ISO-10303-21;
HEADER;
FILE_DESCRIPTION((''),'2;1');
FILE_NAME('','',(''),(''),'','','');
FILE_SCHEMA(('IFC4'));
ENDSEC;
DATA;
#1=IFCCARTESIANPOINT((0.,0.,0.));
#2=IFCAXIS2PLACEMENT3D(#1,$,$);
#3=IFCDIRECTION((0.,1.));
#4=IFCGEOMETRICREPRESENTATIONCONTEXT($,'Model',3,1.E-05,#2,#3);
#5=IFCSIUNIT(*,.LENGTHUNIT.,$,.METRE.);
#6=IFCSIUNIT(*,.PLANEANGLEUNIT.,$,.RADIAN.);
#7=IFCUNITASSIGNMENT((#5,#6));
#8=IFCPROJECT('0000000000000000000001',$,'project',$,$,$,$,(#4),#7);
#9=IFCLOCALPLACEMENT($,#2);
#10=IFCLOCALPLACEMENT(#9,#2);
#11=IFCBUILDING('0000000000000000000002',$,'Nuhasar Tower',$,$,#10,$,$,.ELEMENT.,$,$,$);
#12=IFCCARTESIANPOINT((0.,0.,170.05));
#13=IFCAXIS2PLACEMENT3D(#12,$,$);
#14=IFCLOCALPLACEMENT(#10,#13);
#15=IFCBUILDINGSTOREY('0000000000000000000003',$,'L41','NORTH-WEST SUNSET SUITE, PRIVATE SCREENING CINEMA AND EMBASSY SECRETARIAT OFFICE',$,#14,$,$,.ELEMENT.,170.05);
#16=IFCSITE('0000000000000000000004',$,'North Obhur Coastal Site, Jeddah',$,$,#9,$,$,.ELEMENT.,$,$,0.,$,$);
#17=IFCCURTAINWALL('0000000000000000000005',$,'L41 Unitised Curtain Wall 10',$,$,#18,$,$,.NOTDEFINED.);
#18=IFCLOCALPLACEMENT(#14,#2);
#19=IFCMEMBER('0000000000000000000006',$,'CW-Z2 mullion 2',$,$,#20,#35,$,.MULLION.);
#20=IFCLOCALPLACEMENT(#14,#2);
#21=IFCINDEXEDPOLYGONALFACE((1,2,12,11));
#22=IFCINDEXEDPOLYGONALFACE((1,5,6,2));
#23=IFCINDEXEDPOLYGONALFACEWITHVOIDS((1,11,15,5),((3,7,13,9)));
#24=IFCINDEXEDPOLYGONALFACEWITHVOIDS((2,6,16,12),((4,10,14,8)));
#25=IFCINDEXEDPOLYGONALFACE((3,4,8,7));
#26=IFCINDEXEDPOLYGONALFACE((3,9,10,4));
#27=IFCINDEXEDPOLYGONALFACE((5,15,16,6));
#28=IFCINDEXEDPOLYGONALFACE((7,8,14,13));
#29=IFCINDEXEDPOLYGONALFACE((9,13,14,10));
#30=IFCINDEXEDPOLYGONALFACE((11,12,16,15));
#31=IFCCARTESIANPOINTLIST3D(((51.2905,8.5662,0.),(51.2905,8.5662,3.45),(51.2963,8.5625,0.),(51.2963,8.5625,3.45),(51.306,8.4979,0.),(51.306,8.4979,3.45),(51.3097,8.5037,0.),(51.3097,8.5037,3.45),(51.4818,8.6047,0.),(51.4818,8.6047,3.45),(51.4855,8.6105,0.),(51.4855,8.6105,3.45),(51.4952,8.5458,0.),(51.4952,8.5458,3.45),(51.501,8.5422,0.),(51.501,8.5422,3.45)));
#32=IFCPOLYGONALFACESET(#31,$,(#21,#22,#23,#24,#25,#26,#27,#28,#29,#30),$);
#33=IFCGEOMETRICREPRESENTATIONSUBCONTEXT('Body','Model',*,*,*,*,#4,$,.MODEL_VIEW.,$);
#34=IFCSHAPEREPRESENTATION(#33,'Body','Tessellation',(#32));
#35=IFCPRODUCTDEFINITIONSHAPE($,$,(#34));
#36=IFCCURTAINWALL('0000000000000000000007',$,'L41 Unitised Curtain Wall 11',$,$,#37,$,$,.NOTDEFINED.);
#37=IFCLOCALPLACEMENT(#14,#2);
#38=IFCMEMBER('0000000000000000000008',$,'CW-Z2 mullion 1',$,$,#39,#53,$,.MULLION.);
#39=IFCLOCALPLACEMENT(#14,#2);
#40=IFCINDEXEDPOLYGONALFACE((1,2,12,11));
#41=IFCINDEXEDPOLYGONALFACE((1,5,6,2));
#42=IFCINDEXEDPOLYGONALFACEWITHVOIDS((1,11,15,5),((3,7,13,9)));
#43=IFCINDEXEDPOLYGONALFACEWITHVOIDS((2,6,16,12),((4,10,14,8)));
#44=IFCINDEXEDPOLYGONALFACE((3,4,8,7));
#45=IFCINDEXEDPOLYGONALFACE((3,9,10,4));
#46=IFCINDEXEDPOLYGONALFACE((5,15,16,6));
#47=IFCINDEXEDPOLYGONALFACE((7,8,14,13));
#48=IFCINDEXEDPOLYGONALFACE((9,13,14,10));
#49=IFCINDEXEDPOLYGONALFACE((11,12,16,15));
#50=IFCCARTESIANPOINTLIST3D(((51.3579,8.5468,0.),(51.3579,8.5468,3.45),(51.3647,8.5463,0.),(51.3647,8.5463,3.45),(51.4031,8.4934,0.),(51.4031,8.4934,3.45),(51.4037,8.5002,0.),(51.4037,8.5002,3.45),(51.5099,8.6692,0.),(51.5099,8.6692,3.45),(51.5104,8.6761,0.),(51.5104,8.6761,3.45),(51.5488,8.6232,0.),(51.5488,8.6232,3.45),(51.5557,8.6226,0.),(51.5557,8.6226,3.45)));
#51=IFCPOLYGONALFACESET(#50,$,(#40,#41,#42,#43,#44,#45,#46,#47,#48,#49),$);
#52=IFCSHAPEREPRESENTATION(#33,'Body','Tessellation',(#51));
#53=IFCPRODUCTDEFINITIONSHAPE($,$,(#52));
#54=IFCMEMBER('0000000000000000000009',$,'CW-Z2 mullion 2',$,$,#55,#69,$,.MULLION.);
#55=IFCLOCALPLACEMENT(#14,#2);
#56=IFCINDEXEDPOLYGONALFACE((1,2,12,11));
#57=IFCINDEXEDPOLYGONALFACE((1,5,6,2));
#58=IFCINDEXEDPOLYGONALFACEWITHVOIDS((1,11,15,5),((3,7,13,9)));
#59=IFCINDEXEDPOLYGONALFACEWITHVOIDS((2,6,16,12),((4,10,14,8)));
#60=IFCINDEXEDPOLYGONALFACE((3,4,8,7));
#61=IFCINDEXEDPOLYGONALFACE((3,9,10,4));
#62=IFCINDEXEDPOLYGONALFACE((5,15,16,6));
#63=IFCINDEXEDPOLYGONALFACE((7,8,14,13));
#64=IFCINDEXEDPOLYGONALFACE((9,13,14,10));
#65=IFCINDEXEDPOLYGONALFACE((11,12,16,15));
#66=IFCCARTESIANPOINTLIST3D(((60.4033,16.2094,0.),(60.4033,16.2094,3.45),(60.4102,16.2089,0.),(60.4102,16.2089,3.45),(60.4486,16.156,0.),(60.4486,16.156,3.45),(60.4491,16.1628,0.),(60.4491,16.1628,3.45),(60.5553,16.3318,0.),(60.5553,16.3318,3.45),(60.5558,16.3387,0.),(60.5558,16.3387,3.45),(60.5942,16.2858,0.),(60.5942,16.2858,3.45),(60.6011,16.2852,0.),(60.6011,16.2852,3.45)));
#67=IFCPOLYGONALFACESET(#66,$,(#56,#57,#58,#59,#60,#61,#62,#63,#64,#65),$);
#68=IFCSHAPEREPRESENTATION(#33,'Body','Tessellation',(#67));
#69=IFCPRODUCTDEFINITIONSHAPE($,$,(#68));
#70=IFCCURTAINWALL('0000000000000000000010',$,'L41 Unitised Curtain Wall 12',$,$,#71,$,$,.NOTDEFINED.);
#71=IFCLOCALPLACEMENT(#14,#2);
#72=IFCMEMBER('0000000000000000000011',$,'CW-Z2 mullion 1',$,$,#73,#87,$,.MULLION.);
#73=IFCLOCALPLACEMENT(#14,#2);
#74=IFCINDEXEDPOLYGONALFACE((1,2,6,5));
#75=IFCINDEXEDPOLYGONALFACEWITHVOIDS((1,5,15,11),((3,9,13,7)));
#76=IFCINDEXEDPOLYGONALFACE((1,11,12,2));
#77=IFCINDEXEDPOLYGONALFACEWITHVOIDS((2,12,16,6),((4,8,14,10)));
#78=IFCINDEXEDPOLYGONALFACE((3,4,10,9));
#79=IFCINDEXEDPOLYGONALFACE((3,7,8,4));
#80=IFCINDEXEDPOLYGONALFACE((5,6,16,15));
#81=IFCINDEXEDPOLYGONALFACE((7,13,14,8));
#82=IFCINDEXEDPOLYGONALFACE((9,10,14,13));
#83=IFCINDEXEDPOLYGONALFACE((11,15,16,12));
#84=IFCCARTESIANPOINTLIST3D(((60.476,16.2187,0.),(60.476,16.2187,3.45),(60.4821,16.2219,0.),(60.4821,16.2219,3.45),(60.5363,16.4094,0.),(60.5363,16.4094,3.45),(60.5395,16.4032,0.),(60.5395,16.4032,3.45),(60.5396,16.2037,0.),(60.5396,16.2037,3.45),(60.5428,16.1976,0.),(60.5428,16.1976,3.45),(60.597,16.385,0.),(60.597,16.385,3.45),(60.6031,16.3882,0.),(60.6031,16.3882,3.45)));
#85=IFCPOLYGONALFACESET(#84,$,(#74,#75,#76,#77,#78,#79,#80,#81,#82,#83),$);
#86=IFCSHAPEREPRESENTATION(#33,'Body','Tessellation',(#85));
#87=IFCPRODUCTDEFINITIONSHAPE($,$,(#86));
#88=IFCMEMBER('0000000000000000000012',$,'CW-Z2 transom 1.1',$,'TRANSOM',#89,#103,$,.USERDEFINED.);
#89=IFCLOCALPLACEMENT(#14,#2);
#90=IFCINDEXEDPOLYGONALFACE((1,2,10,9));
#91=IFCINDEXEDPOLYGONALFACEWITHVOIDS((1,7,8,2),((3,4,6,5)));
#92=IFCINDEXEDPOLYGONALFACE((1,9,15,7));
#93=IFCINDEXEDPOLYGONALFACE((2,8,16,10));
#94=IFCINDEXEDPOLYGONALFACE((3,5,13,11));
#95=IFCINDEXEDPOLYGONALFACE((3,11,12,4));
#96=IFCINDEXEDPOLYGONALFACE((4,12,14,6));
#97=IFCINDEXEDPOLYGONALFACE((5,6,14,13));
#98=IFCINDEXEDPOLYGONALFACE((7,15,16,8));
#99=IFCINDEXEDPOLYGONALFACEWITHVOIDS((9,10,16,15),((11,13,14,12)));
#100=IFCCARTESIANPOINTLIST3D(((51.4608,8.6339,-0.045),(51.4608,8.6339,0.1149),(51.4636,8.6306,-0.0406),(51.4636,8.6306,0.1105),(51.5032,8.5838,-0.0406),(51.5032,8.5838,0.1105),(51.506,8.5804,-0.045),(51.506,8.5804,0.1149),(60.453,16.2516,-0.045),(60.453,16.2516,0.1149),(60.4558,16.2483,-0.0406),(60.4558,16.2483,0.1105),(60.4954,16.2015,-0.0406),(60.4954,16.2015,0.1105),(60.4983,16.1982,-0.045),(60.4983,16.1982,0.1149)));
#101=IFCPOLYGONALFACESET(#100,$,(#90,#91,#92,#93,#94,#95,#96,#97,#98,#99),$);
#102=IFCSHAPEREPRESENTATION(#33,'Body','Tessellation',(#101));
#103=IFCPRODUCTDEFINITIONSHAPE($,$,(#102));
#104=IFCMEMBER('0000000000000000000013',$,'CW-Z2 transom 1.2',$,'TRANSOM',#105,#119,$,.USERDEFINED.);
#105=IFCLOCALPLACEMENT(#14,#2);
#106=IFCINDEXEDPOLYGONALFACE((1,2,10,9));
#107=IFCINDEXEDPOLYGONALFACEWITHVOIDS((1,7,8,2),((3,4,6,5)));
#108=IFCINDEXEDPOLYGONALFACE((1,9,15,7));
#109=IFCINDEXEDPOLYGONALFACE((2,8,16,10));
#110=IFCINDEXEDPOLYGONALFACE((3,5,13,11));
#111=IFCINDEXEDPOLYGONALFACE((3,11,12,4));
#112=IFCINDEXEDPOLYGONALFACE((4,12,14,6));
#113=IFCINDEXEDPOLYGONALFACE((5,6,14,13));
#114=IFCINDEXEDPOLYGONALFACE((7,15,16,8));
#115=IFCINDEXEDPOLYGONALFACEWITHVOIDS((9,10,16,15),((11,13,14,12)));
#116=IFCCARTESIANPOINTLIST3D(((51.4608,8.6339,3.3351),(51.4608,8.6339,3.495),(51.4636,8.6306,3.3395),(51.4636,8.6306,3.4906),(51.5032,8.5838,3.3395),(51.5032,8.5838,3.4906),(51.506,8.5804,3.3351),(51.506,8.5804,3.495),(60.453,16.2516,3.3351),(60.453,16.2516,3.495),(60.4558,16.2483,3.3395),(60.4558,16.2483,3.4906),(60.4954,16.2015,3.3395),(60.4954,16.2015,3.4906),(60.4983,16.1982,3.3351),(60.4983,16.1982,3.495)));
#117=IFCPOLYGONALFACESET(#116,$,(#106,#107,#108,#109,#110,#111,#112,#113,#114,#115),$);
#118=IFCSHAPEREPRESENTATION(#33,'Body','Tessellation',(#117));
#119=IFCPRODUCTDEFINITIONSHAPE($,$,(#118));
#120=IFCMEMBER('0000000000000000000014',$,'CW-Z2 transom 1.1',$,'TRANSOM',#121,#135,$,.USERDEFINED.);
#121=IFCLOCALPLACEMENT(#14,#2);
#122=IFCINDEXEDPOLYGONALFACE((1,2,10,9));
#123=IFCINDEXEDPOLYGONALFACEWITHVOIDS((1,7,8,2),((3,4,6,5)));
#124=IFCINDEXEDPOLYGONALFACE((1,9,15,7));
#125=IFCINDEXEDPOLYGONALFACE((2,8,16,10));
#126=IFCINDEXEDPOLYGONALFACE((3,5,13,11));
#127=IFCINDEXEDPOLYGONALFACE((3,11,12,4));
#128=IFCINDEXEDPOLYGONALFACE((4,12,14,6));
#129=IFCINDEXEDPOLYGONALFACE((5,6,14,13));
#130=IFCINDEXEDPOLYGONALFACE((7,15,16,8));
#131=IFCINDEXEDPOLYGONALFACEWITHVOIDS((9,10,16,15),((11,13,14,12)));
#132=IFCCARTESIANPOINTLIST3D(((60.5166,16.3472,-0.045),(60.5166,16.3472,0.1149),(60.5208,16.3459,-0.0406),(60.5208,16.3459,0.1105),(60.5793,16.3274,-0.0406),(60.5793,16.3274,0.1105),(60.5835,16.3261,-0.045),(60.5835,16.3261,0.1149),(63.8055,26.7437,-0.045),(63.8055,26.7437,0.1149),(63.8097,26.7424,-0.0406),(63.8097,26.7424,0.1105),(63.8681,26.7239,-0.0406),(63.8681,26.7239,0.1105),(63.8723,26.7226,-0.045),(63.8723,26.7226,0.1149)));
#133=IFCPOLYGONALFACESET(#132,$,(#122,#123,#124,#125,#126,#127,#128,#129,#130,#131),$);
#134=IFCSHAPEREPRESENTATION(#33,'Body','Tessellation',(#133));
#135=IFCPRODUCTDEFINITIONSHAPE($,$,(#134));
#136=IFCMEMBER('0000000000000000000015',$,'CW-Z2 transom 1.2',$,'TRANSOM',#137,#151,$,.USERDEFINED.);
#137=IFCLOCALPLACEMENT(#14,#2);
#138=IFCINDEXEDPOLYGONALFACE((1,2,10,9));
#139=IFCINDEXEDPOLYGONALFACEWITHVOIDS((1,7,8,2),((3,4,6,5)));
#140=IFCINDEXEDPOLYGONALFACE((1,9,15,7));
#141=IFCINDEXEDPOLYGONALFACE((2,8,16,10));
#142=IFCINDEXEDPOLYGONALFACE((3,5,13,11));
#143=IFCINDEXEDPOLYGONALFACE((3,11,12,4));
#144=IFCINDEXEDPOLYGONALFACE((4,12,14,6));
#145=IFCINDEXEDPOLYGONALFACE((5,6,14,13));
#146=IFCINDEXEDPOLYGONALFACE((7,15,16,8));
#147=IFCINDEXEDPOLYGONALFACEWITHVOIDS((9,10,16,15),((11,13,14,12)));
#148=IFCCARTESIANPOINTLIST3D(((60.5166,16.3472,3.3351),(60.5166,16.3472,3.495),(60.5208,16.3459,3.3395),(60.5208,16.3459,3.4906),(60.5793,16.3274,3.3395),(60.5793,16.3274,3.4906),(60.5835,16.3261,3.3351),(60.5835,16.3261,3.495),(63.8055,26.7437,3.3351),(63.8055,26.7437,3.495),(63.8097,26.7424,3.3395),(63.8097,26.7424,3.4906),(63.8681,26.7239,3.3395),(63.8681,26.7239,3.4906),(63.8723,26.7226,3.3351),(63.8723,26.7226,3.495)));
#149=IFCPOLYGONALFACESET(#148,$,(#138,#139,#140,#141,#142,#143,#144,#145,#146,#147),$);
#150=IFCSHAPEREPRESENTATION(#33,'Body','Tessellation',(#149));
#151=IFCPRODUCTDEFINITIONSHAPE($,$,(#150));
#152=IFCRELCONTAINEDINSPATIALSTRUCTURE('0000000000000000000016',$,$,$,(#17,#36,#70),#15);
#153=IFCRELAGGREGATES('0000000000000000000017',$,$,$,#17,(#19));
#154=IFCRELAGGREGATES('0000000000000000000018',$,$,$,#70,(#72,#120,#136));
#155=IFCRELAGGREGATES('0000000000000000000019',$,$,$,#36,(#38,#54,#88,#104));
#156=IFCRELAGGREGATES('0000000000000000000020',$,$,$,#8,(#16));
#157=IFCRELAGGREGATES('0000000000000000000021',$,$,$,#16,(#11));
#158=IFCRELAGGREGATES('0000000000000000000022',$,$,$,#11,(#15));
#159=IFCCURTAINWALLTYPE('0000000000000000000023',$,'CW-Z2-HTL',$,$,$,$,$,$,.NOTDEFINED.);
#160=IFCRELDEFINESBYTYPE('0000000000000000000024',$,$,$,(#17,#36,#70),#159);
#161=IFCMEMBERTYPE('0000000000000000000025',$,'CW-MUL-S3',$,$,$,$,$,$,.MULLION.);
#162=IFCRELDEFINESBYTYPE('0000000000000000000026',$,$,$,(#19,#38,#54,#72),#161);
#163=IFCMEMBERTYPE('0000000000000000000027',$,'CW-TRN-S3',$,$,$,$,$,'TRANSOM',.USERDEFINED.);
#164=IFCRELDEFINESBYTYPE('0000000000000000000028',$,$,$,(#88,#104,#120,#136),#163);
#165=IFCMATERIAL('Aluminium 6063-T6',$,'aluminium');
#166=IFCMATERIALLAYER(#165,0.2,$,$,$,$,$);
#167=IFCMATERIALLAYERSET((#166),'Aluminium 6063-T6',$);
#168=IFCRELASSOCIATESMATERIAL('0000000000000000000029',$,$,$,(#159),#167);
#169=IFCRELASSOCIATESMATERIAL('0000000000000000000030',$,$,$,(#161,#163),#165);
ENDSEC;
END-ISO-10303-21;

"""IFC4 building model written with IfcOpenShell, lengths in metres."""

from ifc_helpers import new_model, si_unit, direction, frame, origin, origin_2d, place, context, subcontext, project, spatial, hollow_rectangle, extrude, material, layer, layer_set, material_profile, profile_set, type_object, element, aggregate, save


model = new_model("IFC4")

# Units and contexts
model_context = context("Model", 3, precision=1e-05, world=origin(), true_north=direction((0.0, 1.0)))
body_context = subcontext(model_context, "Body", "Model", "MODEL_VIEW")
ifc_project = project(units=[si_unit("LENGTHUNIT", "METRE"), si_unit("PLANEANGLEUNIT", "RADIAN")], contexts=[model_context])

# Site, building, storey
site_placement = place(None, origin())
site = spatial("IfcSite", under=ifc_project, at=site_placement, Name="North Obhur Coastal Site, Jeddah", CompositionType="ELEMENT", RefElevation=0.0)
building_placement = place(site_placement, origin())
building = spatial("IfcBuilding", under=site, at=building_placement, Name="Nuhasar Tower", CompositionType="ELEMENT")
storey_placement = place(building_placement, frame((0.0, 0.0, 170.05)))
storey = spatial("IfcBuildingStorey", under=building, at=storey_placement, Name="L41", Description="NORTH-WEST SUNSET SUITE, PRIVATE SCREENING CINEMA AND EMBASSY SECRETARIAT OFFICE", CompositionType="ELEMENT", Elevation=170.05)

# Curtain wall, member
ifc_material_1 = material(Name="Aluminium 6063-T6", Category="aluminium")
ifc_layer_1 = layer(ifc_material_1, 0.2)
ifc_layer_set_1 = layer_set([ifc_layer_1], Name="Aluminium 6063-T6")
curtain_wall_type = type_object("IfcCurtainWallType", Name="CW-Z2-HTL", PredefinedType="NOTDEFINED", material=ifc_layer_set_1)
curtain_wall_1_placement = place(storey_placement, origin())
curtain_wall_1 = element("IfcCurtainWall", 1, at=curtain_wall_1_placement, inside=storey, type_object=curtain_wall_type, Name="L41 Unitised Curtain Wall 10", PredefinedType="NOTDEFINED")
ifc_material_profile_1 = material_profile(ifc_material_1, hollow_rectangle(XDim=0.0701, YDim=0.2, WallThickness=0.0049, at=origin_2d()), Name="CWM-3")
ifc_profile_set_1 = profile_set([ifc_material_profile_1], Name="Aluminium 6063-T6")
member_type_1 = type_object("IfcMemberType", Name="CW-MUL-S3", PredefinedType="MULLION", material=ifc_profile_set_1)
member_1_placement = place(storey_placement, frame((51.3958, 8.5542, 0.0), z_axis=(0.0, 0.0, 1.0), x_axis=(-0.221397, 0.975184, 0.0)))
member_1 = element("IfcMember", 2, at=member_1_placement, type_object=member_type_1, Name="CW-Z2 mullion 2", PredefinedType="MULLION", context=body_context, shape_type="SweptSolid", body=[
    extrude(hollow_rectangle(XDim=0.0701, YDim=0.2, WallThickness=0.0049, at=origin_2d()), origin(), (0.0, 0.0, 1.0), 3.45),
])
aggregate(curtain_wall_1, [member_1])

# Curtain wall, members
curtain_wall_2_placement = place(storey_placement, origin())
curtain_wall_2 = element("IfcCurtainWall", 3, at=curtain_wall_2_placement, inside=storey, type_object=curtain_wall_type, Name="L41 Unitised Curtain Wall 11", PredefinedType="NOTDEFINED")
member_2_placement = place(storey_placement, frame((51.4568, 8.5847, 0.0), z_axis=(0.0, 0.0, 1.0), x_axis=(-0.646374, 0.76302, 0.0)))
member_2 = element("IfcMember", 4, at=member_2_placement, type_object=member_type_1, Name="CW-Z2 mullion 1", PredefinedType="MULLION", context=body_context, shape_type="SweptSolid", body=[
    extrude(hollow_rectangle(XDim=0.0701, YDim=0.2, WallThickness=0.0049, at=origin_2d()), origin(), (0.0, 0.0, 1.0), 3.45),
])
member_3_placement = place(storey_placement, frame((60.5022, 16.2473, 0.0), z_axis=(0.0, 0.0, 1.0), x_axis=(-0.646374, 0.76302, 0.0)))
member_3 = element("IfcMember", 5, at=member_3_placement, type_object=member_type_1, Name="CW-Z2 mullion 2", PredefinedType="MULLION", context=body_context, shape_type="SweptSolid", body=[
    extrude(hollow_rectangle(XDim=0.0701, YDim=0.2, WallThickness=0.0049, at=origin_2d()), origin(), (0.0, 0.0, 1.0), 3.45),
])

# Curtain wall, member
curtain_wall_3_placement = place(storey_placement, origin())
curtain_wall_3 = element("IfcCurtainWall", 6, at=curtain_wall_3_placement, inside=storey, type_object=curtain_wall_type, Name="L41 Unitised Curtain Wall 12", PredefinedType="NOTDEFINED")
member_4_placement = place(storey_placement, frame((60.5396, 16.3035, 0.0), z_axis=(0.0, 0.0, 1.0), x_axis=(-0.953433, 0.301604, 0.0)))
member_4 = element("IfcMember", 7, at=member_4_placement, type_object=member_type_1, Name="CW-Z2 mullion 1", PredefinedType="MULLION", context=body_context, shape_type="SweptSolid", body=[
    extrude(hollow_rectangle(XDim=0.0701, YDim=0.2, WallThickness=0.0049, at=origin_2d()), origin(), (0.0, 0.0, 1.0), 3.45),
])

# Members
ifc_material_profile_2 = material_profile(ifc_material_1, hollow_rectangle(XDim=0.0701, YDim=0.1599, WallThickness=0.0044, at=origin_2d()), Name="CWT-3")
ifc_profile_set_2 = profile_set([ifc_material_profile_2], Name="Aluminium 6063-T6")
member_type_2 = type_object("IfcMemberType", Name="CW-TRN-S3", ElementType="TRANSOM", PredefinedType="USERDEFINED", material=ifc_profile_set_2)
member_5_placement = place(storey_placement, frame((51.4834, 8.6072, 0.0349), z_axis=(0.763014, 0.646382, 0.0), x_axis=(-0.646382, 0.763014, 0.0)))
member_5 = element("IfcMember", 8, at=member_5_placement, type_object=member_type_2, Name="CW-Z2 transom 1.1", ObjectType="TRANSOM", PredefinedType="USERDEFINED", context=body_context, shape_type="SweptSolid", body=[
    extrude(hollow_rectangle(XDim=0.0701, YDim=0.1599, WallThickness=0.0044, at=origin_2d()), origin(), (0.0, 0.0, 1.0), 11.7852),
])
member_6_placement = place(storey_placement, frame((51.4834, 8.6072, 3.415), z_axis=(0.763014, 0.646382, 0.0), x_axis=(-0.646382, 0.763014, 0.0)))
member_6 = element("IfcMember", 9, at=member_6_placement, type_object=member_type_2, Name="CW-Z2 transom 1.2", ObjectType="TRANSOM", PredefinedType="USERDEFINED", context=body_context, shape_type="SweptSolid", body=[
    extrude(hollow_rectangle(XDim=0.0701, YDim=0.1599, WallThickness=0.0044, at=origin_2d()), origin(), (0.0, 0.0, 1.0), 11.7852),
])
member_7_placement = place(storey_placement, frame((60.55, 16.3367, 0.0349), z_axis=(0.301608, 0.953432, 0.0), x_axis=(-0.953432, 0.301608, 0.0)))
member_7 = element("IfcMember", 10, at=member_7_placement, type_object=member_type_2, Name="CW-Z2 transom 1.1", ObjectType="TRANSOM", PredefinedType="USERDEFINED", context=body_context, shape_type="SweptSolid", body=[
    extrude(hollow_rectangle(XDim=0.0701, YDim=0.1599, WallThickness=0.0044, at=origin_2d()), origin(), (0.0, 0.0, 1.0), 10.9043),
])
member_8_placement = place(storey_placement, frame((60.55, 16.3367, 3.415), z_axis=(0.301608, 0.953432, 0.0), x_axis=(-0.953432, 0.301608, 0.0)))
member_8 = element("IfcMember", 11, at=member_8_placement, type_object=member_type_2, Name="CW-Z2 transom 1.2", ObjectType="TRANSOM", PredefinedType="USERDEFINED", context=body_context, shape_type="SweptSolid", body=[
    extrude(hollow_rectangle(XDim=0.0701, YDim=0.1599, WallThickness=0.0044, at=origin_2d()), origin(), (0.0, 0.0, 1.0), 10.9043),
])
aggregate(curtain_wall_3, [member_4, member_7, member_8])

aggregate(curtain_wall_2, [member_2, member_3, member_5, member_6])

save(model, "model.ifc")
